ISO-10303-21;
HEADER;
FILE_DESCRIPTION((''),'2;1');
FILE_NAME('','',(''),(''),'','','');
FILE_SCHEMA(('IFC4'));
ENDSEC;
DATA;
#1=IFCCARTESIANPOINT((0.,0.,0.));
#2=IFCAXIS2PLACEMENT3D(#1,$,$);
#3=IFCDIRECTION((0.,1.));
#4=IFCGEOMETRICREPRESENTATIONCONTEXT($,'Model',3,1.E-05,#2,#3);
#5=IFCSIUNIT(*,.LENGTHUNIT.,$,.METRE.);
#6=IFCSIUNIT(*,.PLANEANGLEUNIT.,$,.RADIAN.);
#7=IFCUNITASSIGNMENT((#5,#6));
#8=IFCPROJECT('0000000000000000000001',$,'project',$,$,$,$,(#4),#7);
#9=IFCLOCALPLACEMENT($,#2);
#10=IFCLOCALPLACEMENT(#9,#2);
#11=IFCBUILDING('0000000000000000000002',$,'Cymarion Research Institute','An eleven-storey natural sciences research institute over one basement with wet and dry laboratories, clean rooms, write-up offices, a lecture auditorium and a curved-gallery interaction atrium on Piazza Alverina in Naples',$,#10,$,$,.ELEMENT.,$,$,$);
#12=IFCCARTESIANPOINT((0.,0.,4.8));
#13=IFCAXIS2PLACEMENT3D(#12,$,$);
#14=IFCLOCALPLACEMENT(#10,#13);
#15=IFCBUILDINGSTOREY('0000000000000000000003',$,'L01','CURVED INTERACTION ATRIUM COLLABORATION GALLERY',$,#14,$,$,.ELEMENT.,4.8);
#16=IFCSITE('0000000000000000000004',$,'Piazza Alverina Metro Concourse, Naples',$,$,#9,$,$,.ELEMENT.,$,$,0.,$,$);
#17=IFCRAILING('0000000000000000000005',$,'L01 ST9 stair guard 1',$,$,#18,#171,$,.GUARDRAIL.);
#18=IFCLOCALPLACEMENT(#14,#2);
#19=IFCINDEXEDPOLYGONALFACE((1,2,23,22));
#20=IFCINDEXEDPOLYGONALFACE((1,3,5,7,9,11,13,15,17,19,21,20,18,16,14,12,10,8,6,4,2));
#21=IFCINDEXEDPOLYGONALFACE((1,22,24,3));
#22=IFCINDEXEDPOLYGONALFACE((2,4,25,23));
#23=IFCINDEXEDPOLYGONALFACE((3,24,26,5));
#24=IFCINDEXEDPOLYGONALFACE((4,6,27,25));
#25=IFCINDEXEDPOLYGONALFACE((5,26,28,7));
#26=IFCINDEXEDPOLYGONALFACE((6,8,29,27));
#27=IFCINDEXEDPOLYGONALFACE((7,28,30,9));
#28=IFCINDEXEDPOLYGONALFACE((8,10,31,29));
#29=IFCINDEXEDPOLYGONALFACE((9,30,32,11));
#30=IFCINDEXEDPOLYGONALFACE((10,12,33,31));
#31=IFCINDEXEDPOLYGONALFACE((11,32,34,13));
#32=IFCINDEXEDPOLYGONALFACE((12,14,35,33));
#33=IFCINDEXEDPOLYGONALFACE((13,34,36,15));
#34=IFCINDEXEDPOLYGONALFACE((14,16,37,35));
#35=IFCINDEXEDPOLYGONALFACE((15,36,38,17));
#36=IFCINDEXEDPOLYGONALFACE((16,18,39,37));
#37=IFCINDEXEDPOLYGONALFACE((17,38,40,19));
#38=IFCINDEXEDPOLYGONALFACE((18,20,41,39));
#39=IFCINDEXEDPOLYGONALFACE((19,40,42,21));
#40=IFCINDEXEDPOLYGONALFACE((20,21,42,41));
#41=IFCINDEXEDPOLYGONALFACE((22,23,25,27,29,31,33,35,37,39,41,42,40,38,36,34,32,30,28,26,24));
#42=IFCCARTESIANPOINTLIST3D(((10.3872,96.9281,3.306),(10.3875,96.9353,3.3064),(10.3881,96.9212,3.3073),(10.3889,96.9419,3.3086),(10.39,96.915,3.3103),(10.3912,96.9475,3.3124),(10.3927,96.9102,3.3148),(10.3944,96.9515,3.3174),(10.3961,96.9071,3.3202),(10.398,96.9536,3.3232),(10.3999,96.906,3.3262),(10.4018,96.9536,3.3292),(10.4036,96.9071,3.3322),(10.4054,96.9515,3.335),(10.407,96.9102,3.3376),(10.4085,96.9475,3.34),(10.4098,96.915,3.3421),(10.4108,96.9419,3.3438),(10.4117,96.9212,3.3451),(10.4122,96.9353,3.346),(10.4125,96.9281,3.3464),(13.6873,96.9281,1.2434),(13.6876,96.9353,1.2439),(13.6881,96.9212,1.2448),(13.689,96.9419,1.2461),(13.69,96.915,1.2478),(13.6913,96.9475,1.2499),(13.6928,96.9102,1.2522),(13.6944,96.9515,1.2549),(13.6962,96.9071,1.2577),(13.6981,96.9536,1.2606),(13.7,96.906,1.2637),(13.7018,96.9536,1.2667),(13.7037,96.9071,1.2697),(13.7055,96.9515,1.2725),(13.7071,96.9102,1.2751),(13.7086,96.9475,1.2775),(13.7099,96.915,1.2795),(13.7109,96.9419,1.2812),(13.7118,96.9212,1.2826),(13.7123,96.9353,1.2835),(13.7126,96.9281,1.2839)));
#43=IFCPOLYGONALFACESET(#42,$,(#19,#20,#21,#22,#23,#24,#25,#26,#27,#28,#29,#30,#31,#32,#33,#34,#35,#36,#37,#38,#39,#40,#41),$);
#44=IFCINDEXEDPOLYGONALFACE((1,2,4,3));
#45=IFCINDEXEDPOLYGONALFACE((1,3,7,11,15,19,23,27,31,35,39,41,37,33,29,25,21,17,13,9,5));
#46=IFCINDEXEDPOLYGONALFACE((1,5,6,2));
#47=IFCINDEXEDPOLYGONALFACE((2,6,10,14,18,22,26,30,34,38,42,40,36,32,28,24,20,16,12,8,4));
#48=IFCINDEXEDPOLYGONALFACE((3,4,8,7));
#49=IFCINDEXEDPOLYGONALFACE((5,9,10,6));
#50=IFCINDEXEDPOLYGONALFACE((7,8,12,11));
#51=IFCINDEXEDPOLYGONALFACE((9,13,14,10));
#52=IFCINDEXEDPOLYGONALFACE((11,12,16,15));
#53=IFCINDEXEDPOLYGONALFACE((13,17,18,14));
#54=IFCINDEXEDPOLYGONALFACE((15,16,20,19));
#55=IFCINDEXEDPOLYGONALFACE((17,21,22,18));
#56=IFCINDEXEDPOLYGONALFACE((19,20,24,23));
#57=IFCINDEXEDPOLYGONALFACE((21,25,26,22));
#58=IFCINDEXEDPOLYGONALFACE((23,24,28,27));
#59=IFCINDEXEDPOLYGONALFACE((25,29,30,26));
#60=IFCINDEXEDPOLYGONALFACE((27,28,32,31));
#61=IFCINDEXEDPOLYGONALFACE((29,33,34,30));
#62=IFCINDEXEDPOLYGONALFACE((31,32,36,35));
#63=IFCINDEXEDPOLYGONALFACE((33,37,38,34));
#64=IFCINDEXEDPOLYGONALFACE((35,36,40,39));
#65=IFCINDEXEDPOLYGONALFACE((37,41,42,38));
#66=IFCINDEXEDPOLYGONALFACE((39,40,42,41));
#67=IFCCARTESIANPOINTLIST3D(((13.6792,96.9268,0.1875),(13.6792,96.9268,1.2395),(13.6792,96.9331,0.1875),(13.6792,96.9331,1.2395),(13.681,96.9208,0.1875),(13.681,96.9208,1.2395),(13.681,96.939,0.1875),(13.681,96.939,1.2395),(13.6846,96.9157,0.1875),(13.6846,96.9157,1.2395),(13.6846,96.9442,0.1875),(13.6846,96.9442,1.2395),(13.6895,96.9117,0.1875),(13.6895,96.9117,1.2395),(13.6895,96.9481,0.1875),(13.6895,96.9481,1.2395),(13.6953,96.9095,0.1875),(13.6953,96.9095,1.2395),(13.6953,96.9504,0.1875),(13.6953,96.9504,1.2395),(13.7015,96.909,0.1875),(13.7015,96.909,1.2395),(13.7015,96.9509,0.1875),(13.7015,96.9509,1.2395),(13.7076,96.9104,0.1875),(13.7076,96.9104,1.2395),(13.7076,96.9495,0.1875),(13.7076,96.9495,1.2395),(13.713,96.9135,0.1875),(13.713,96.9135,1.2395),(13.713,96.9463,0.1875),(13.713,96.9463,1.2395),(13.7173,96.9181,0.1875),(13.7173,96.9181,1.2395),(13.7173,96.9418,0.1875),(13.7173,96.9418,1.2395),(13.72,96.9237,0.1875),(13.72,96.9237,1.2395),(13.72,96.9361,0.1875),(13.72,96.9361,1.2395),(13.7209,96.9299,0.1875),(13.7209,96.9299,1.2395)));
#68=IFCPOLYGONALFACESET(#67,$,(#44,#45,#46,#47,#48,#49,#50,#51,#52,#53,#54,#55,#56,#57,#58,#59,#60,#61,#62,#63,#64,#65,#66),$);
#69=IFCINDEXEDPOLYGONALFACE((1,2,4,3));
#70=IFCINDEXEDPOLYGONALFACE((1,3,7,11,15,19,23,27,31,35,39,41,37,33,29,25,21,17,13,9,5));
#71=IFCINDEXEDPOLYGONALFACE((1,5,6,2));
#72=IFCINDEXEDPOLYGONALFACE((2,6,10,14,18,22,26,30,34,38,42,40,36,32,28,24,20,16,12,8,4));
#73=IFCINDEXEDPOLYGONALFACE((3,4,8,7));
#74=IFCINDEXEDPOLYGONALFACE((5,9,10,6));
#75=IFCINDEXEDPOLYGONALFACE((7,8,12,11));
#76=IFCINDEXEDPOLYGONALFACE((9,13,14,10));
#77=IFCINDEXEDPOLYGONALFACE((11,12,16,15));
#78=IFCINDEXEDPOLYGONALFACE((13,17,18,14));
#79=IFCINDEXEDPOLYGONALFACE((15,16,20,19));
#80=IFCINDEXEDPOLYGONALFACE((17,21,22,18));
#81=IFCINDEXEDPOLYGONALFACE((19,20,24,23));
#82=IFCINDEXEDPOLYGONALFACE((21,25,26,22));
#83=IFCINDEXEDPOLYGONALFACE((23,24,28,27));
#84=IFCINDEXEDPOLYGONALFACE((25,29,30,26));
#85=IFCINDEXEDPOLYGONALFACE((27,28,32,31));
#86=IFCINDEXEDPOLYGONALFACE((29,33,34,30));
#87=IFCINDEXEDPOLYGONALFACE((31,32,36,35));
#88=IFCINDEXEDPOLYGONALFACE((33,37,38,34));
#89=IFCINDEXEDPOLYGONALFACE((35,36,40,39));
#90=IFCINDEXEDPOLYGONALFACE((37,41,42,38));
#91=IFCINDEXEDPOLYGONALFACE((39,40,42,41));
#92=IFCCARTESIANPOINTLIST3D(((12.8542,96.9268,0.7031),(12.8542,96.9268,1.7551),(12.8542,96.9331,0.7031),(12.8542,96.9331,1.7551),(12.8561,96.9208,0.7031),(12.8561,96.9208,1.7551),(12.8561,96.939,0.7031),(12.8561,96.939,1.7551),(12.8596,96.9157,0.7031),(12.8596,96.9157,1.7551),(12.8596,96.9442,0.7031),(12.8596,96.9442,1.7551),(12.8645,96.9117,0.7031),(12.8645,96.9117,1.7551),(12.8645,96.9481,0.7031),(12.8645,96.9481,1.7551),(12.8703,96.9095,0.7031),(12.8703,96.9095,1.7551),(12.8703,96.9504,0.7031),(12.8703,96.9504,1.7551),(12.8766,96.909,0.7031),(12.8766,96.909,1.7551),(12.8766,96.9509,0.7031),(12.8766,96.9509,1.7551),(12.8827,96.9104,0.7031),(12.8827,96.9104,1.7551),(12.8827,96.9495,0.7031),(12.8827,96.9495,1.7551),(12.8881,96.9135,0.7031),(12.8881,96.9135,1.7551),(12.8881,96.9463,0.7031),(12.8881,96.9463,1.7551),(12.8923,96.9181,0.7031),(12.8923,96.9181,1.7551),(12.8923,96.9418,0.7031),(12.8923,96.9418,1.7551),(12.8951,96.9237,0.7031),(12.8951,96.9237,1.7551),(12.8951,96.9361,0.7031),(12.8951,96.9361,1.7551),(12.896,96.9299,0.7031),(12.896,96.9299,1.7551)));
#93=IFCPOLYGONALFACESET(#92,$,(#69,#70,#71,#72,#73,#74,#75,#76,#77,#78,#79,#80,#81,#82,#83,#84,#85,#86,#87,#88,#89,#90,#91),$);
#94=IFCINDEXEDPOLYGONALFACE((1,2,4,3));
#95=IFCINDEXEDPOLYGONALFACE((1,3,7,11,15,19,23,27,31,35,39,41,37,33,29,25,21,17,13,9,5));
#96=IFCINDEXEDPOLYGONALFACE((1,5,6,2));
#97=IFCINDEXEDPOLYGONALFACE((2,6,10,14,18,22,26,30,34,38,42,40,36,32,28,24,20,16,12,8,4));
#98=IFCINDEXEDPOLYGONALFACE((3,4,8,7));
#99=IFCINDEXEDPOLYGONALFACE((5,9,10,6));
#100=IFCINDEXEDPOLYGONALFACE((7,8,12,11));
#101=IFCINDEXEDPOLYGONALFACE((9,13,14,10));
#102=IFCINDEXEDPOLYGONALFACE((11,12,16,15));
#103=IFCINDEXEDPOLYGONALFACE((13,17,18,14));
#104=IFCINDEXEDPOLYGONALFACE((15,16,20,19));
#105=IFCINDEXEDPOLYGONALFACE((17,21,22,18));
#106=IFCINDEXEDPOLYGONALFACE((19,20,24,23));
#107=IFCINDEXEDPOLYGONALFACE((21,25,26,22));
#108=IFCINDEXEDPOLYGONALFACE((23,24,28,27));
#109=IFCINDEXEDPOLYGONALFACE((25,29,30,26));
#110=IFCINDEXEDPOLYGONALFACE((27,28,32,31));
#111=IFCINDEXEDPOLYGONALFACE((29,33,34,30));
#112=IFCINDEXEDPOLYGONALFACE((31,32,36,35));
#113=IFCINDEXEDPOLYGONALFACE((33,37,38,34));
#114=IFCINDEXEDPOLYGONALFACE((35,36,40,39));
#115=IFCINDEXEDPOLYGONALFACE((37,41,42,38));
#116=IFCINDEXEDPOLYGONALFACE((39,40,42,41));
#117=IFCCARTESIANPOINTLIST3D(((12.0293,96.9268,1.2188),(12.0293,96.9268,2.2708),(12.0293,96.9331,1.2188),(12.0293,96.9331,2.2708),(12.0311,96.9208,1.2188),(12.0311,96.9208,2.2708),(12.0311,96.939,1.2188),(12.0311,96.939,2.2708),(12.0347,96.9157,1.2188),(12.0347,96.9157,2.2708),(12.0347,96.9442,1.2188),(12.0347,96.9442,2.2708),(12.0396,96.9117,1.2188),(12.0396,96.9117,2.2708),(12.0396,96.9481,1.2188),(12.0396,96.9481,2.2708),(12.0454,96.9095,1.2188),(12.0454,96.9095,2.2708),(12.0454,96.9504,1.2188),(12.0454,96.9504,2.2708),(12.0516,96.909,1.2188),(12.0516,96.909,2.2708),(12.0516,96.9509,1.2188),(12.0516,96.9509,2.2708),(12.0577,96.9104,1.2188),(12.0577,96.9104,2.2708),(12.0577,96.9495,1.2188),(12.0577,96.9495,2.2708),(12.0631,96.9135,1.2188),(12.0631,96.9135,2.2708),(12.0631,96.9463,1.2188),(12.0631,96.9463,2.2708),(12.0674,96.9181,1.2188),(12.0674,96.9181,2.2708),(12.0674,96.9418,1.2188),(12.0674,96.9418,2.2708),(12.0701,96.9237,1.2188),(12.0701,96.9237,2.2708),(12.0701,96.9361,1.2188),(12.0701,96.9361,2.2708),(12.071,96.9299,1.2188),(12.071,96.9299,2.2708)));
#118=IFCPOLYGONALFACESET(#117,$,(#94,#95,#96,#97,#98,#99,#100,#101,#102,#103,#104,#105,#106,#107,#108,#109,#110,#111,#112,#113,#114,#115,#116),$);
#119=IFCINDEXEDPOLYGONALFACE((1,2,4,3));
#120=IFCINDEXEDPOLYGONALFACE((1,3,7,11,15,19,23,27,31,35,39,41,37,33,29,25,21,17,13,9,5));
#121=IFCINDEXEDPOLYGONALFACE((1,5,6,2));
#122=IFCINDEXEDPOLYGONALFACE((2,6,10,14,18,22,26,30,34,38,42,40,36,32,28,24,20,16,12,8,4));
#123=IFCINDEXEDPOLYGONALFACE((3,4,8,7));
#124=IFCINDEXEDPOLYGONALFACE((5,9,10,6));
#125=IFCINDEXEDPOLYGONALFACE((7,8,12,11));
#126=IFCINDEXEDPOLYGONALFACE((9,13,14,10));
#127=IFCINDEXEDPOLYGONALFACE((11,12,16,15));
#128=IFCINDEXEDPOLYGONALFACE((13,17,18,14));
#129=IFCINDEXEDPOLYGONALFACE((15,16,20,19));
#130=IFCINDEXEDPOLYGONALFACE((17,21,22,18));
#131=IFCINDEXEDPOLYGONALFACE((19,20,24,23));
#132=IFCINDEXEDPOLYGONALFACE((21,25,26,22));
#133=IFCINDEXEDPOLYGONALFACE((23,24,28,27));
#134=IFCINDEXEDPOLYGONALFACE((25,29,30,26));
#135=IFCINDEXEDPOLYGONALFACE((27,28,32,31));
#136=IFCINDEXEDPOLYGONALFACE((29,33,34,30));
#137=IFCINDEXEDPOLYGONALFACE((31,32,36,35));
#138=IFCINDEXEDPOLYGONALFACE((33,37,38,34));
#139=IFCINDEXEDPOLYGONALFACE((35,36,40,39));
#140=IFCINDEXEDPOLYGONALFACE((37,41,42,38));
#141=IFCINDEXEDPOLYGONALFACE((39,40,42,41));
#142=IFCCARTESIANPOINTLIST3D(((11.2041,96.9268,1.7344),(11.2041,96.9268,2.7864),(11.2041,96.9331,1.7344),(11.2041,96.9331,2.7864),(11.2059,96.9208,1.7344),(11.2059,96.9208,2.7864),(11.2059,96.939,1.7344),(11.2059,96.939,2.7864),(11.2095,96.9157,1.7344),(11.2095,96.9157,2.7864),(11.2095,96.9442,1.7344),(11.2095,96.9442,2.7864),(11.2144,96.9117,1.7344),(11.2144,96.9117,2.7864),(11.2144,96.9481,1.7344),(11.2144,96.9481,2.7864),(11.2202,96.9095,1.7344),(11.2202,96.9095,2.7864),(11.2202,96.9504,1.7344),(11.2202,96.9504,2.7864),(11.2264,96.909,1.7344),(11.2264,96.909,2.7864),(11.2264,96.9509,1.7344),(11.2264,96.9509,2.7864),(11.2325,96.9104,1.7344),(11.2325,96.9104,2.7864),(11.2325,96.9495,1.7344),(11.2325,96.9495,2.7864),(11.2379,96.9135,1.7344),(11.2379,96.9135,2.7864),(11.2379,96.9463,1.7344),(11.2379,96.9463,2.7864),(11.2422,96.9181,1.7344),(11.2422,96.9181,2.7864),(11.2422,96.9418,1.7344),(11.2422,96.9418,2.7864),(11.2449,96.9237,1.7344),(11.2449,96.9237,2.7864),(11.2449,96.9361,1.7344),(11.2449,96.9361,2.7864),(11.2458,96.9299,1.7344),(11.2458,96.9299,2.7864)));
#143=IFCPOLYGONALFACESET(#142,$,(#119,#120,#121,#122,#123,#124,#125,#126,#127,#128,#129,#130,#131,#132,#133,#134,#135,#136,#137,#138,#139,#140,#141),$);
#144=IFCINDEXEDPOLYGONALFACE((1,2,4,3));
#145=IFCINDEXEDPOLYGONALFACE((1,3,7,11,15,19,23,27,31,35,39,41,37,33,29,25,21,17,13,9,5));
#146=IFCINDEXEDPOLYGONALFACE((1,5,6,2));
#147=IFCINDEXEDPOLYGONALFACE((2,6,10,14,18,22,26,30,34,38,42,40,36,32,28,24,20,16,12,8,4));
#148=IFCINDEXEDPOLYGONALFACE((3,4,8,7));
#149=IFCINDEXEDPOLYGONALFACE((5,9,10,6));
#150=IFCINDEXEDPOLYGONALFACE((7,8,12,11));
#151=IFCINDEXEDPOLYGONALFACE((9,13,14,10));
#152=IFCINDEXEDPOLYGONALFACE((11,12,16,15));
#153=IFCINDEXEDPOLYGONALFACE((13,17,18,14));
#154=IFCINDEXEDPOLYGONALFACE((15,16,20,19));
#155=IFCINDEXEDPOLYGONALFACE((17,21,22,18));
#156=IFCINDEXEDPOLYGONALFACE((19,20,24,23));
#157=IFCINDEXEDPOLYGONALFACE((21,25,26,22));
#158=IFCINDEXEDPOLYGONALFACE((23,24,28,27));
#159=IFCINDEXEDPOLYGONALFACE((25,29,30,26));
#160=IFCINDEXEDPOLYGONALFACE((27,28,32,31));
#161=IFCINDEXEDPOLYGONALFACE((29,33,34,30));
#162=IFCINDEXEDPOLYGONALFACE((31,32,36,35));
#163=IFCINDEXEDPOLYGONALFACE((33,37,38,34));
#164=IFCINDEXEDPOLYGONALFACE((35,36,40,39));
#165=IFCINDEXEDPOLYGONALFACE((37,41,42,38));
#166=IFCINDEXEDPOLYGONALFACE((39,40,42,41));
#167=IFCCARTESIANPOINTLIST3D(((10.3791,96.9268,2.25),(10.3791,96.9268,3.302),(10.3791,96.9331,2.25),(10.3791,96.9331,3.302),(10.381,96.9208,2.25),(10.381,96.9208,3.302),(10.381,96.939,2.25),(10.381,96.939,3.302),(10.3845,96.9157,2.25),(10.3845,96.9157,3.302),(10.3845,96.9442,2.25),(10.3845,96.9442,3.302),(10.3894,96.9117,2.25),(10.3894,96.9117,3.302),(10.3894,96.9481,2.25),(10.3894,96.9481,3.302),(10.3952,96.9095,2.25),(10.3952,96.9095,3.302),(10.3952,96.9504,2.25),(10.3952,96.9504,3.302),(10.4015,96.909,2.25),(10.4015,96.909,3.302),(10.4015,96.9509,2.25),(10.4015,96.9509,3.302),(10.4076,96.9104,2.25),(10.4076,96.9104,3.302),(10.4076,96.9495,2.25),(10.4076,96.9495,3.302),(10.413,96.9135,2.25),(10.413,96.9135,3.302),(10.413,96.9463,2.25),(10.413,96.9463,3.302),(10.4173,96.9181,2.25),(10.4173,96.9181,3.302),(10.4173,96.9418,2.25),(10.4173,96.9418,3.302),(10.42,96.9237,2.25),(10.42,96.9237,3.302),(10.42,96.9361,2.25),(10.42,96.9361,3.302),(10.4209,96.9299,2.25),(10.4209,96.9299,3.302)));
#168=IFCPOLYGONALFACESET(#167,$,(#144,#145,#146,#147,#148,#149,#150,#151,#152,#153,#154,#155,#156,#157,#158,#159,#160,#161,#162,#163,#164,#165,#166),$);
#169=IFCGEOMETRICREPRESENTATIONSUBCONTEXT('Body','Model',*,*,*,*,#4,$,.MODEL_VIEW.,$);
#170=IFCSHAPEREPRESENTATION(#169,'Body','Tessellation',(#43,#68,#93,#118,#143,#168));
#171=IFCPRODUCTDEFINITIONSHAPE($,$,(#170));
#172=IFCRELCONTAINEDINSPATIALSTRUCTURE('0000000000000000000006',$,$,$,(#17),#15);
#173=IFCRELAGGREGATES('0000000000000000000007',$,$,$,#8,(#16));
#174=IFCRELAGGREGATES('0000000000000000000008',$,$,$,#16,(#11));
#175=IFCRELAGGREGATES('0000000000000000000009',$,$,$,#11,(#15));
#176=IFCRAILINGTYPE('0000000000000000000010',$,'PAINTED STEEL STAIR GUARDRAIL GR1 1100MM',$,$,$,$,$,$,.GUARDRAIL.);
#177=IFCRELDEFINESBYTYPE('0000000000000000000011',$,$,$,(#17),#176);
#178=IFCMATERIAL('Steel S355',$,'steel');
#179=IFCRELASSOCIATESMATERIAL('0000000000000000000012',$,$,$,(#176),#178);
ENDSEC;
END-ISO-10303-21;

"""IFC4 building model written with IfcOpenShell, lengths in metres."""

from ifc_helpers import new_model, si_unit, direction, frame, origin, origin_2d, place, context, subcontext, project, spatial, circle, extrude, material, type_object, element, save


model = new_model("IFC4")

# Units and contexts
model_context = context("Model", 3, precision=1e-05, world=origin(), true_north=direction((0.0, 1.0)))
body_context = subcontext(model_context, "Body", "Model", "MODEL_VIEW")
ifc_project = project(units=[si_unit("LENGTHUNIT", "METRE"), si_unit("PLANEANGLEUNIT", "RADIAN")], contexts=[model_context])

# Site, building, storey
site_placement = place(None, origin())
site = spatial("IfcSite", under=ifc_project, at=site_placement, Name="Piazza Alverina Metro Concourse, Naples", CompositionType="ELEMENT", RefElevation=0.0)
building_placement = place(site_placement, origin())
building = spatial("IfcBuilding", under=site, at=building_placement, Name="Cymarion Research Institute", Description="An eleven-storey natural sciences research institute over one basement with wet and dry laboratories, clean rooms, write-up offices, a lecture auditorium and a curved-gallery interaction atrium on Piazza Alverina in Naples", CompositionType="ELEMENT")
storey_placement = place(building_placement, frame((0.0, 0.0, 4.8)))
storey = spatial("IfcBuildingStorey", under=building, at=storey_placement, Name="L01", Description="CURVED INTERACTION ATRIUM COLLABORATION GALLERY", CompositionType="ELEMENT", Elevation=4.8)

# Shared definitions
ifc_material_1 = material(Name="Steel S355", Category="steel")

# Railing
railing_type_1 = type_object("IfcRailingType", Name="PAINTED STEEL STAIR GUARDRAIL GR1 1100MM", PredefinedType="GUARDRAIL", material=ifc_material_1)
railing_1_placement = place(storey_placement, frame((13.7, 96.9299, 0.1875)))
element("IfcRailing", 1, at=railing_1_placement, inside=storey, type_object=railing_type_1, Name="L01 ST9 stair guard 1", PredefinedType="GUARDRAIL", context=body_context, shape_type="SweptSolid", body=[
    extrude(circle(Radius=0.0239, at=origin_2d()), frame((0.0, 0.0, 1.0762), z_axis=(-0.848002, 0.0, 0.529993), x_axis=(0.0, -1.0, 0.0)), (0.0, 0.0, 1.0), 3.8916),
    extrude(circle(Radius=0.021, at=origin_2d()), origin(), (0.0, 0.0, 1.0), 1.052),
    extrude(circle(Radius=0.021, at=origin_2d()), frame((-0.825, 0.0, 0.5156)), (0.0, 0.0, 1.0), 1.052),
    extrude(circle(Radius=0.021, at=origin_2d()), frame((-1.6499, 0.0, 1.0312)), (0.0, 0.0, 1.0), 1.052),
    extrude(circle(Radius=0.021, at=origin_2d()), frame((-2.4751, 0.0, 1.5469)), (0.0, 0.0, 1.0), 1.052),
    extrude(circle(Radius=0.021, at=origin_2d()), frame((-3.3, 0.0, 2.0625)), (0.0, 0.0, 1.0), 1.052),
])

save(model, "model.ifc")
